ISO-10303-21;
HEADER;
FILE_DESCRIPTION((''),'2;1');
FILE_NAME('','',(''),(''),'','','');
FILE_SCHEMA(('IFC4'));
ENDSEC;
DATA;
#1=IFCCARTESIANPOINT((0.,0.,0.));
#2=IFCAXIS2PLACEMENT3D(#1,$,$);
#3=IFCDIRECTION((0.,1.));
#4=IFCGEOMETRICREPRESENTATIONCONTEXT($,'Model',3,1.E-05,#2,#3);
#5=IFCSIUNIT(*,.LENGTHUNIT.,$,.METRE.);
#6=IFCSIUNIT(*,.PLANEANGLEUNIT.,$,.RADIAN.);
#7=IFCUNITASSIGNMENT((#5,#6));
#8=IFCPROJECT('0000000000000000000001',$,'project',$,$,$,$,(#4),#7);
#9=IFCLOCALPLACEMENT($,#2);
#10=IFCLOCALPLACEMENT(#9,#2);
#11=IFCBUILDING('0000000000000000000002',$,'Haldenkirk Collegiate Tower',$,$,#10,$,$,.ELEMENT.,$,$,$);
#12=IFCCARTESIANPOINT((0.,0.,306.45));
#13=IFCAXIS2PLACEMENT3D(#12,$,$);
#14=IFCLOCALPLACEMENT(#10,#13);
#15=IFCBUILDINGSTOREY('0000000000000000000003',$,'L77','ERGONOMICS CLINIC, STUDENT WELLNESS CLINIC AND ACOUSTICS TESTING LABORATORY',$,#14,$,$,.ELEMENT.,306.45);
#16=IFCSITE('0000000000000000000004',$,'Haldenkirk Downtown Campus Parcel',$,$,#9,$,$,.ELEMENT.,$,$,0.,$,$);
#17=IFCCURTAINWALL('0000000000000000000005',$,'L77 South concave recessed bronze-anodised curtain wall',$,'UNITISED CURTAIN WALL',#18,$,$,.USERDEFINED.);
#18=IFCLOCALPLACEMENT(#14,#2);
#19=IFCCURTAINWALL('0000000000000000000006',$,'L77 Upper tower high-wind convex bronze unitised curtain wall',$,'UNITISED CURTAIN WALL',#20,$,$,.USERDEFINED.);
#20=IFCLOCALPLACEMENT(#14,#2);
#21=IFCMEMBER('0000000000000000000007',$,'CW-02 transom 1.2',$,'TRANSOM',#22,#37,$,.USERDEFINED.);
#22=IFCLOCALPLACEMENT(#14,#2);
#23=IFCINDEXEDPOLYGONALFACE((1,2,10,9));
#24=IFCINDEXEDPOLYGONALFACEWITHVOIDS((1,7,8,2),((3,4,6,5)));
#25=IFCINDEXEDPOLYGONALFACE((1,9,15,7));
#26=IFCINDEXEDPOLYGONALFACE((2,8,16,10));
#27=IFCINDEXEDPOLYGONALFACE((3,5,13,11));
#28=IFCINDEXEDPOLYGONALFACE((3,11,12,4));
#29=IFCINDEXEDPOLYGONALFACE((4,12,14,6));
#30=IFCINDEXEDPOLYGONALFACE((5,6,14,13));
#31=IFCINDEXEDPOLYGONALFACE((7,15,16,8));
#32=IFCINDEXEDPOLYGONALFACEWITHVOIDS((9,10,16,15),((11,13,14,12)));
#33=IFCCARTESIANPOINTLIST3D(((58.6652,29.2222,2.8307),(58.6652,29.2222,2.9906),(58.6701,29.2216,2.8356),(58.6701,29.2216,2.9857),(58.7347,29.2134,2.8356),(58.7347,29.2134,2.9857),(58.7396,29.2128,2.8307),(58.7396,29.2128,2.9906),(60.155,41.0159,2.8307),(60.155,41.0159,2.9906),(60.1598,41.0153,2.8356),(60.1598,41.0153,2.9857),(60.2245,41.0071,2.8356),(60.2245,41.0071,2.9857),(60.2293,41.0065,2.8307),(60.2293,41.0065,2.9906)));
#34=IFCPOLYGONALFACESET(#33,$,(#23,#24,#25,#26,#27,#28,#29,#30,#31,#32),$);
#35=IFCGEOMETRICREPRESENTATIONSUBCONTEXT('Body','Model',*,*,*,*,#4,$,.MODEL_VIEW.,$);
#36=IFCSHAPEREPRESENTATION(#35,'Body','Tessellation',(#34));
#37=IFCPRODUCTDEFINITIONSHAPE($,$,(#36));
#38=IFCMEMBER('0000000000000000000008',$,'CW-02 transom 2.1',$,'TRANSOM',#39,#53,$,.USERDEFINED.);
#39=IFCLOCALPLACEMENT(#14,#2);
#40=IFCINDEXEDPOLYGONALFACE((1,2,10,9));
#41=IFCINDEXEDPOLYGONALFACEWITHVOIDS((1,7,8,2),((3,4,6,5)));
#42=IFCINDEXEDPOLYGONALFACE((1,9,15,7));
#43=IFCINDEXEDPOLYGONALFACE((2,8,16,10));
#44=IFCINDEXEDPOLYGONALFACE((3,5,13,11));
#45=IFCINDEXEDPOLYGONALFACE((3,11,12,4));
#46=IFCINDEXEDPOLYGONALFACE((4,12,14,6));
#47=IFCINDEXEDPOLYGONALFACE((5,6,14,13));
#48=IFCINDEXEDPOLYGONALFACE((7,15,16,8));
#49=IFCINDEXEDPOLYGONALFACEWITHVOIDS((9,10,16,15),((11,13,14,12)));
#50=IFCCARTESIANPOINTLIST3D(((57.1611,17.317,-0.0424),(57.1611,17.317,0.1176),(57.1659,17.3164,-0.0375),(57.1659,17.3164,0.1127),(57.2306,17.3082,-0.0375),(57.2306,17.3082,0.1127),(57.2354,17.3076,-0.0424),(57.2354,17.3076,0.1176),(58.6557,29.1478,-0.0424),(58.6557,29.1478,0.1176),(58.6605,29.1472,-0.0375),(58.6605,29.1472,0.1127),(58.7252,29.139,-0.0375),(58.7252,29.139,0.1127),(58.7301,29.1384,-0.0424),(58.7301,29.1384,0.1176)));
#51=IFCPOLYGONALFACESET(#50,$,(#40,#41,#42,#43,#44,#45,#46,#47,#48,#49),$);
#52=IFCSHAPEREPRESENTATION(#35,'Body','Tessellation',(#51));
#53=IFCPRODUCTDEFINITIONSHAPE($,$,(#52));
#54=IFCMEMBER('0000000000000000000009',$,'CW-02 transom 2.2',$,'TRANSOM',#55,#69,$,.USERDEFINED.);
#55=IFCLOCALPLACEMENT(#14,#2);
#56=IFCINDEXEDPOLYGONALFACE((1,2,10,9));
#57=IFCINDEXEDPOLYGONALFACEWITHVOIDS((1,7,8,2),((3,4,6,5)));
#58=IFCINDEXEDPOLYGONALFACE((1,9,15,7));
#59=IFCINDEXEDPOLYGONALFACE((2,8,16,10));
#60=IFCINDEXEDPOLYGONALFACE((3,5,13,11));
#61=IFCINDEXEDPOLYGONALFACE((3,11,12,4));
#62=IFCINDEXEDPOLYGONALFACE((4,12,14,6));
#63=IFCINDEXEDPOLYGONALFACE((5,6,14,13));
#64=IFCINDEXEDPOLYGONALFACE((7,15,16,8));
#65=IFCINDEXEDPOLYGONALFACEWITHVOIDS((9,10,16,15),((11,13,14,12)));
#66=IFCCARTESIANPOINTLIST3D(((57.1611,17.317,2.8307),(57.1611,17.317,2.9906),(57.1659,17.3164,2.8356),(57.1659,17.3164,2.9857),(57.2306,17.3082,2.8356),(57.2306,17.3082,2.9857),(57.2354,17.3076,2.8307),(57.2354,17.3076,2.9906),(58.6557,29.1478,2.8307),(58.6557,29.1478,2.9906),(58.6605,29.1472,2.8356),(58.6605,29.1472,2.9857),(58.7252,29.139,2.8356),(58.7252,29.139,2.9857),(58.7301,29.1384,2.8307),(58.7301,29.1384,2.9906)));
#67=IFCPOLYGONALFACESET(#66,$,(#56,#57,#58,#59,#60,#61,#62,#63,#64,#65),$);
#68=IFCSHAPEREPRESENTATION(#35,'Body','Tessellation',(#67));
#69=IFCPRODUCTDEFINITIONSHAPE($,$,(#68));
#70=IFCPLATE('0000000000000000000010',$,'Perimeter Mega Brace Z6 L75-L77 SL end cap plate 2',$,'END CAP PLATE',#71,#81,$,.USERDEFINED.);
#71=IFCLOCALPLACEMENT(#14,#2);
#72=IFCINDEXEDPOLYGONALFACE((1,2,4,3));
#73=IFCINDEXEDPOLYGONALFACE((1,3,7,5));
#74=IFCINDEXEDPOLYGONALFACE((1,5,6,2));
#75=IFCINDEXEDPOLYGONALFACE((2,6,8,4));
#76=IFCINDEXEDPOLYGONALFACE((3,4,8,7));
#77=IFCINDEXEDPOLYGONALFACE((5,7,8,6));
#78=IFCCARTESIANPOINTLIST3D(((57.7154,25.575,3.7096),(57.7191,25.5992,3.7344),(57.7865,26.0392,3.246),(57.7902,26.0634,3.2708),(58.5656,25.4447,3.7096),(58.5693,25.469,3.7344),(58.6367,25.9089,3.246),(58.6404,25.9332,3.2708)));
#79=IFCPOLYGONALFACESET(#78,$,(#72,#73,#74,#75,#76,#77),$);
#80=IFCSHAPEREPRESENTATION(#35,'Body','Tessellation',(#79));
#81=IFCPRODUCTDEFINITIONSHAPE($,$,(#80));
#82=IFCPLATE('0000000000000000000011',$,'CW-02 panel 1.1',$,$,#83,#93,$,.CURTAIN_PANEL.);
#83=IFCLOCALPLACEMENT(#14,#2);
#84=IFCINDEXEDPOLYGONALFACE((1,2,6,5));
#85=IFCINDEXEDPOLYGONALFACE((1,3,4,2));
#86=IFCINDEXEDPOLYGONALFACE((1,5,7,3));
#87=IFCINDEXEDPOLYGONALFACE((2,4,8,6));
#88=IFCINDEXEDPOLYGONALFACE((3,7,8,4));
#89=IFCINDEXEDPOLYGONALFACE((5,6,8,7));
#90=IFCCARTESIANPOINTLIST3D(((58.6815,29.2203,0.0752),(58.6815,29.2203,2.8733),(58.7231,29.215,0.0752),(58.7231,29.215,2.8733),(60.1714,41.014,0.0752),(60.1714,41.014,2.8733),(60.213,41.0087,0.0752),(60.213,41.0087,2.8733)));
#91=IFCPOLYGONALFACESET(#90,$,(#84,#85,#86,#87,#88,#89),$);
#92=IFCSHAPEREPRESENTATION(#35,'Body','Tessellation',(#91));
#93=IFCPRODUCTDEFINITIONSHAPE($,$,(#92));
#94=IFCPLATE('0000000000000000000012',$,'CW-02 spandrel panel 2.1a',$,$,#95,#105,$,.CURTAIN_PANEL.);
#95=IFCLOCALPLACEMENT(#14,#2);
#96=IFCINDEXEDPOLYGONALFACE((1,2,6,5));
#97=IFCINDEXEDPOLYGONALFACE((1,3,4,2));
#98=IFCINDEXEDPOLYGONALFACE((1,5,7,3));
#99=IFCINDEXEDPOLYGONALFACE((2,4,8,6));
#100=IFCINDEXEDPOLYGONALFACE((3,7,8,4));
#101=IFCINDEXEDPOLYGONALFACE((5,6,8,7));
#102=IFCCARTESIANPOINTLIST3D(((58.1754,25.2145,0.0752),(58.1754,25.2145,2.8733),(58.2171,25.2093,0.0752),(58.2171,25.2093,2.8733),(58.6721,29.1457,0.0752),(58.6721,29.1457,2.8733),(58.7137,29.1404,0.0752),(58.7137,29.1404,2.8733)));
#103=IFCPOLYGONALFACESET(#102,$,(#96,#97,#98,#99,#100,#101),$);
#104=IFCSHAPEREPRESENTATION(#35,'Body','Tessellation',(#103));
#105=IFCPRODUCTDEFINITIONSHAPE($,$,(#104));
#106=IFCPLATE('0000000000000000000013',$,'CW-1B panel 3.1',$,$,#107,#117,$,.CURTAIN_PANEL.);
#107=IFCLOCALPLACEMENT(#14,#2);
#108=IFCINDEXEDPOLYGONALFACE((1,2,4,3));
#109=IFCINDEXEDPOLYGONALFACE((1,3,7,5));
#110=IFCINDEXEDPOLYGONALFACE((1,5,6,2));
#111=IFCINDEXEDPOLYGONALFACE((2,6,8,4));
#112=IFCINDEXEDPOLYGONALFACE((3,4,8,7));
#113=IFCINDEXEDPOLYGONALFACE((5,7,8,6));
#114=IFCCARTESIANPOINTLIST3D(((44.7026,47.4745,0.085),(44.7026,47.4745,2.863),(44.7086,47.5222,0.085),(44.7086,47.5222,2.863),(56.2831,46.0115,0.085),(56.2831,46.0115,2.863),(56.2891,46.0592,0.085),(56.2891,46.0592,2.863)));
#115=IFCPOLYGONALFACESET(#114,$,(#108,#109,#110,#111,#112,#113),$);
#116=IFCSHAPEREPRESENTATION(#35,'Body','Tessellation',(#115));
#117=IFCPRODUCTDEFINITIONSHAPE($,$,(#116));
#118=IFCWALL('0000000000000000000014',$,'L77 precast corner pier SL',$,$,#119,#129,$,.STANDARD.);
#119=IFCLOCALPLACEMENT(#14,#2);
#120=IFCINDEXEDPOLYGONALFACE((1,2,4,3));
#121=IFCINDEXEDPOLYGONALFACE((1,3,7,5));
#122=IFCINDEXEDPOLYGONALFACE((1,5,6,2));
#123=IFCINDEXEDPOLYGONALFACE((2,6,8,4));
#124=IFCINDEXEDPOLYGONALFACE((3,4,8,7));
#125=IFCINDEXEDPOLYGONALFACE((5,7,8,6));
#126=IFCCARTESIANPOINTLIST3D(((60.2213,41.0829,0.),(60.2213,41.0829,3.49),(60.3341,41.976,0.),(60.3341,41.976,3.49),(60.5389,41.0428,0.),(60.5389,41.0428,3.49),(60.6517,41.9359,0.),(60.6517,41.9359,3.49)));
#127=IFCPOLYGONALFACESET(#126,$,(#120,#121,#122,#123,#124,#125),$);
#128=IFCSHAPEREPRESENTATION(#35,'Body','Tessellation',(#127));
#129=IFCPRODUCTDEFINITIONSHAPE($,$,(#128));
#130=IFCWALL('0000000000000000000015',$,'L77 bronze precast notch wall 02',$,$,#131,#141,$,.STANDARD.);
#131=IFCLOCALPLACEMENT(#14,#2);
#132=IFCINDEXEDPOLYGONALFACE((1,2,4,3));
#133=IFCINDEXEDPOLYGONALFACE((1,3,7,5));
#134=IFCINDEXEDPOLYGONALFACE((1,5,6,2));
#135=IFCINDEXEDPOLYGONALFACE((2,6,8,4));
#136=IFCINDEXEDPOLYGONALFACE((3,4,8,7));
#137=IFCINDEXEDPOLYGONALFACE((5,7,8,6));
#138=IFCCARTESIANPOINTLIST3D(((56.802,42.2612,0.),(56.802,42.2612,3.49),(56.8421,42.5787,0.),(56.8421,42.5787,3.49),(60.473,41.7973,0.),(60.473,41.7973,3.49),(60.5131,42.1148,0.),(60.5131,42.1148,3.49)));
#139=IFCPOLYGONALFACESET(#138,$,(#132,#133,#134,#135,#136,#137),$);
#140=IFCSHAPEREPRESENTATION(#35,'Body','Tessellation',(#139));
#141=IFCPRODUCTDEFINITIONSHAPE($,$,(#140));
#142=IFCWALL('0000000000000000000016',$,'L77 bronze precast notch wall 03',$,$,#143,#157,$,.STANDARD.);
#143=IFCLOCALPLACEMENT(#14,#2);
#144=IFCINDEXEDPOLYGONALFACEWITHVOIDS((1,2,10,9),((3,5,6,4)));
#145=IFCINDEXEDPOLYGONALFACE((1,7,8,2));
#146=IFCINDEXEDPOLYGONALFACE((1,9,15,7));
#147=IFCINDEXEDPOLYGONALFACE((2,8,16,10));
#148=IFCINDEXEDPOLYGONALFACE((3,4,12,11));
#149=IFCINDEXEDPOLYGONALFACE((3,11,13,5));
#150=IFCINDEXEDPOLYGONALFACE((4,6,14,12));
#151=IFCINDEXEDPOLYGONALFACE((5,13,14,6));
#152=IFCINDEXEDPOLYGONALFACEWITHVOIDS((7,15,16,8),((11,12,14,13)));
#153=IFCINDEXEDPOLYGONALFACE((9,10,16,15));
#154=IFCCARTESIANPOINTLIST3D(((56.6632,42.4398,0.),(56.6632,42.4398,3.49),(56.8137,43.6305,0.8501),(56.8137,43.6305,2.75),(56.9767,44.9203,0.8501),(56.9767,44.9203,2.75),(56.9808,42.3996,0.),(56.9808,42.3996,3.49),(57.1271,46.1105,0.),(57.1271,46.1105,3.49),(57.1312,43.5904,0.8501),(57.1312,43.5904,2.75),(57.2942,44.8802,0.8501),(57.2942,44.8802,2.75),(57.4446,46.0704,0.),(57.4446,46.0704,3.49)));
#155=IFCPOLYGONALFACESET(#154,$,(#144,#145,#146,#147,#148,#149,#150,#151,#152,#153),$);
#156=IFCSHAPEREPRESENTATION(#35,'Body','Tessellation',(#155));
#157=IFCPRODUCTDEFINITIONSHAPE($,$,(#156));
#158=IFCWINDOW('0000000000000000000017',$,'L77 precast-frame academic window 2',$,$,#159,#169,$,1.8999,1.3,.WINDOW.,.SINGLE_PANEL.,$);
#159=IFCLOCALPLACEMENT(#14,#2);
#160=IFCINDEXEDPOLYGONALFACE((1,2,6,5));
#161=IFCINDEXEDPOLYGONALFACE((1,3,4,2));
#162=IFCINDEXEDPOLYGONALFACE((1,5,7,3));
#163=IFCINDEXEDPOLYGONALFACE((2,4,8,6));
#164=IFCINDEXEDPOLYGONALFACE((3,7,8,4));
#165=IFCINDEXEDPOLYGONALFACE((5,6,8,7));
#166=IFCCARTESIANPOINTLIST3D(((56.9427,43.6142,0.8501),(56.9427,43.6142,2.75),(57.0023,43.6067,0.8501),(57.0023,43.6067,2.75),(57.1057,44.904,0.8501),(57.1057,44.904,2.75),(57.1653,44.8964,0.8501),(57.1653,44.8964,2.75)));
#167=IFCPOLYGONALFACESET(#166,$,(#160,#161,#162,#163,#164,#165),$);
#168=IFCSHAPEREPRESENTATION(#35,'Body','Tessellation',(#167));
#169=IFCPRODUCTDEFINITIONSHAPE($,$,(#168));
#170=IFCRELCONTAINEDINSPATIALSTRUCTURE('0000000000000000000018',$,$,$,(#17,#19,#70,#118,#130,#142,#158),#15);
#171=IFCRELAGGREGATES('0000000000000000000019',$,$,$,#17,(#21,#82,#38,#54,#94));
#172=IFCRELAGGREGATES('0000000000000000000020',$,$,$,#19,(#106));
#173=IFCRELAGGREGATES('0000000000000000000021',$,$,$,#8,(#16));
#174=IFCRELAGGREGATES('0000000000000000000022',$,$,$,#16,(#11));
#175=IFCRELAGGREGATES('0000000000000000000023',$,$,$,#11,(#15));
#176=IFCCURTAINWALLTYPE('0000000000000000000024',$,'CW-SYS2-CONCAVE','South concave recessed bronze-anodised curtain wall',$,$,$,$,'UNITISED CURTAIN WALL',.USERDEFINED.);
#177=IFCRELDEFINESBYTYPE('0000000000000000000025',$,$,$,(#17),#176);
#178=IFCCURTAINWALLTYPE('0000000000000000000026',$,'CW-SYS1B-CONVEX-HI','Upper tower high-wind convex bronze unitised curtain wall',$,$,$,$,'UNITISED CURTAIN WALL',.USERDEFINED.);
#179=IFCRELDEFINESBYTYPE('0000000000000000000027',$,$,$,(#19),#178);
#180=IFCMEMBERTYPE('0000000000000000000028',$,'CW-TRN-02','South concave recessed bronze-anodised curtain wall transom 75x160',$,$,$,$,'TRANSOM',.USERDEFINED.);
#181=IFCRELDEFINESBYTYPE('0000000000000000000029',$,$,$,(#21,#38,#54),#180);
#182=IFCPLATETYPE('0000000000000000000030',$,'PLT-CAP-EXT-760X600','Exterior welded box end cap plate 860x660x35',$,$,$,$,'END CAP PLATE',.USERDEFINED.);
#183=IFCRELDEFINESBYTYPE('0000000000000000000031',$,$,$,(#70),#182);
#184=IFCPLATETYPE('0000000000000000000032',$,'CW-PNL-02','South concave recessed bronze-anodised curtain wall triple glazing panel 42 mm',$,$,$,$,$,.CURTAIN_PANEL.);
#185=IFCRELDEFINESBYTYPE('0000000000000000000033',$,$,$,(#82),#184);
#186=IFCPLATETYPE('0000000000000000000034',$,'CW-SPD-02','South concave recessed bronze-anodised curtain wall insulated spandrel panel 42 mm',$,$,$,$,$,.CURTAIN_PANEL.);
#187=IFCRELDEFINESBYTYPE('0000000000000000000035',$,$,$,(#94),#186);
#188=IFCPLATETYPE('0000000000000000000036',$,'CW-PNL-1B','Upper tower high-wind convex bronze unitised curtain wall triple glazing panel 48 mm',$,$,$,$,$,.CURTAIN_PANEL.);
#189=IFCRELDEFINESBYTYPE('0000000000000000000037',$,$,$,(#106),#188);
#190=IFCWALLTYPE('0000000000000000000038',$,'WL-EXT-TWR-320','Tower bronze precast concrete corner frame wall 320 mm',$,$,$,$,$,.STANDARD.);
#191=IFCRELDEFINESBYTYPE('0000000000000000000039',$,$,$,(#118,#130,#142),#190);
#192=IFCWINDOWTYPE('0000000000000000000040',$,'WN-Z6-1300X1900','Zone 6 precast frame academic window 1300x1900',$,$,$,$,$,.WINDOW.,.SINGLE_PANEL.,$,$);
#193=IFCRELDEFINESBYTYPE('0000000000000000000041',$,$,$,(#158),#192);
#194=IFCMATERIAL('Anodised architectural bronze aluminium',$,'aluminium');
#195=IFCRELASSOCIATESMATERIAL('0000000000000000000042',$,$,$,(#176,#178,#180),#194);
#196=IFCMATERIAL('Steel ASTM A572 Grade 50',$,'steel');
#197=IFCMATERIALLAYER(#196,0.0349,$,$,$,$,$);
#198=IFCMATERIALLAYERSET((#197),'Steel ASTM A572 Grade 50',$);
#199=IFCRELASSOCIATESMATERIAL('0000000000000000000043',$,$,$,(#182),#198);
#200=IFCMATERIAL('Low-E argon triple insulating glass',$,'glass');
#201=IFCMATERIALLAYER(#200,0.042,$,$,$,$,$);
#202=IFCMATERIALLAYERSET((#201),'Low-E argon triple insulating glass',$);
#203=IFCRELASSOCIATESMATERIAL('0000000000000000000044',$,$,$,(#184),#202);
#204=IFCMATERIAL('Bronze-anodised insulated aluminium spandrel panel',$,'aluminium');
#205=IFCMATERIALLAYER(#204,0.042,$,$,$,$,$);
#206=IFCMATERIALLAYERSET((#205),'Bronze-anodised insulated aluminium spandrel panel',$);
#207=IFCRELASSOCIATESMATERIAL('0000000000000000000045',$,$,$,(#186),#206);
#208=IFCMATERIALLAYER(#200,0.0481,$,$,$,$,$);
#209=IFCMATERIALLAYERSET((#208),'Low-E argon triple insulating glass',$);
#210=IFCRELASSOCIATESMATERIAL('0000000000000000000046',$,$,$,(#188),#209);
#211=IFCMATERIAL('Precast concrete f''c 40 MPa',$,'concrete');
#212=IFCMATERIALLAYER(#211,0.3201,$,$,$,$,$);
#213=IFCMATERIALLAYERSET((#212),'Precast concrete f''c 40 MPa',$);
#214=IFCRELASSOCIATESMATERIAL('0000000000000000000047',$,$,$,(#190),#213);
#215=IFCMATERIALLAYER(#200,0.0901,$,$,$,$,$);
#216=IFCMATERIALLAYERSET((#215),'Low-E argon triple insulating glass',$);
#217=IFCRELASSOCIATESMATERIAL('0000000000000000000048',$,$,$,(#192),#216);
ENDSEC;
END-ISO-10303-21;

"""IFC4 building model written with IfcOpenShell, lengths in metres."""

from ifc_helpers import new_model, si_unit, direction, frame, frame_2d, origin, origin_2d, place, context, subcontext, project, spatial, rectangle, hollow_rectangle, extrude, source, transform, mapped, material, layer, layer_set, material_profile, profile_set, type_object, element, fill, aggregate, save


model = new_model("IFC4")

# Units and contexts
model_context = context("Model", 3, precision=1e-05, world=origin(), true_north=direction((0.0, 1.0)))
body_context = subcontext(model_context, "Body", "Model", "MODEL_VIEW")
ifc_project = project(units=[si_unit("LENGTHUNIT", "METRE"), si_unit("PLANEANGLEUNIT", "RADIAN")], contexts=[model_context])

# Site, building, storey
site_placement = place(None, origin())
site = spatial("IfcSite", under=ifc_project, at=site_placement, Name="Haldenkirk Downtown Campus Parcel", CompositionType="ELEMENT", RefElevation=0.0)
building_placement = place(site_placement, origin())
building = spatial("IfcBuilding", under=site, at=building_placement, Name="Haldenkirk Collegiate Tower", CompositionType="ELEMENT")
storey_placement = place(building_placement, frame((0.0, 0.0, 306.45)))
storey = spatial("IfcBuildingStorey", under=building, at=storey_placement, Name="L77", Description="ERGONOMICS CLINIC, STUDENT WELLNESS CLINIC AND ACOUSTICS TESTING LABORATORY", CompositionType="ELEMENT", Elevation=306.45)

# Shared definitions
ifc_material_1 = material(Name="Steel ASTM A572 Grade 50", Category="steel")

# Curtain wall
ifc_material_2 = material(Name="Anodised architectural bronze aluminium", Category="aluminium")
curtain_wall_type_1 = type_object("IfcCurtainWallType", Name="CW-SYS2-CONCAVE", Description="South concave recessed bronze-anodised curtain wall", ElementType="UNITISED CURTAIN WALL", PredefinedType="USERDEFINED", material=ifc_material_2)
curtain_wall_1_placement = place(storey_placement, origin())
curtain_wall_1 = element("IfcCurtainWall", 1, at=curtain_wall_1_placement, inside=storey, type_object=curtain_wall_type_1, Name="L77 South concave recessed bronze-anodised curtain wall", ObjectType="UNITISED CURTAIN WALL", PredefinedType="USERDEFINED")

# Curtain wall
curtain_wall_type_2 = type_object("IfcCurtainWallType", Name="CW-SYS1B-CONVEX-HI", Description="Upper tower high-wind convex bronze unitised curtain wall", ElementType="UNITISED CURTAIN WALL", PredefinedType="USERDEFINED", material=ifc_material_2)
curtain_wall_2_placement = place(storey_placement, origin())
curtain_wall_2 = element("IfcCurtainWall", 2, at=curtain_wall_2_placement, inside=storey, type_object=curtain_wall_type_2, Name="L77 Upper tower high-wind convex bronze unitised curtain wall", ObjectType="UNITISED CURTAIN WALL", PredefinedType="USERDEFINED")

# Members
ifc_material_profile_1 = material_profile(ifc_material_2, hollow_rectangle(XDim=0.075, YDim=0.1599, WallThickness=0.0049, at=origin_2d()), Name="CW-TRN-02")
ifc_profile_set_1 = profile_set([ifc_material_profile_1], Name="Anodised architectural bronze aluminium")
member_type_1 = type_object("IfcMemberType", Name="CW-TRN-02", Description="South concave recessed bronze-anodised curtain wall transom 75x160", ElementType="TRANSOM", PredefinedType="USERDEFINED", material=ifc_profile_set_1)
member_1_placement = place(storey_placement, frame((60.1921, 41.0112, 2.9106), z_axis=(-0.125321, -0.992116, 0.0), x_axis=(0.992116, -0.125321, 0.0)))
member_1 = element("IfcMember", 3, at=member_1_placement, type_object=member_type_1, Name="CW-02 transom 1.2", ObjectType="TRANSOM", PredefinedType="USERDEFINED", context=body_context, shape_type="SweptSolid", body=[
    extrude(hollow_rectangle(XDim=0.075, YDim=0.1599, WallThickness=0.0049, at=origin_2d()), origin(), (0.0, 0.0, 1.0), 11.8875),
])
member_2_placement = place(storey_placement, frame((58.6929, 29.1431, 0.0376), z_axis=(-0.125337, -0.992114, 0.0), x_axis=(0.992114, -0.125337, 0.0)))
member_2 = element("IfcMember", 4, at=member_2_placement, type_object=member_type_1, Name="CW-02 transom 2.1", ObjectType="TRANSOM", PredefinedType="USERDEFINED", context=body_context, shape_type="SweptSolid", body=[
    extrude(hollow_rectangle(XDim=0.075, YDim=0.1599, WallThickness=0.0049, at=origin_2d()), origin(), (0.0, 0.0, 1.0), 11.9248),
])
member_3_placement = place(storey_placement, frame((58.6929, 29.1431, 2.9106), z_axis=(-0.125337, -0.992114, 0.0), x_axis=(0.992114, -0.125337, 0.0)))
member_3 = element("IfcMember", 5, at=member_3_placement, type_object=member_type_1, Name="CW-02 transom 2.2", ObjectType="TRANSOM", PredefinedType="USERDEFINED", context=body_context, shape_type="SweptSolid", body=[
    extrude(hollow_rectangle(XDim=0.075, YDim=0.1599, WallThickness=0.0049, at=origin_2d()), origin(), (0.0, 0.0, 1.0), 11.9248),
])

# Plates
ifc_layer_1 = layer(ifc_material_1, 0.0349)
ifc_layer_set_1 = layer_set([ifc_layer_1], Name="Steel ASTM A572 Grade 50")
plate_type_1 = type_object("IfcPlateType", Name="PLT-CAP-EXT-760X600", Description="Exterior welded box end cap plate 860x660x35", ElementType="END CAP PLATE", PredefinedType="USERDEFINED", material=ifc_layer_set_1)
shared_shape_1 = source(origin(), body_context, "Body", "SweptSolid", [
    extrude(rectangle(XDim=0.8601, YDim=0.6599, at=origin_2d()), origin(), (0.0, 0.0, 1.0), 0.0349),
])
plate_1_placement = place(storey_placement, frame((58.176, 25.7419, 3.4778), z_axis=(0.106385, 0.694466, 0.711617), x_axis=(-0.988469, 0.151423, 0.0)))
element("IfcPlate", 6, at=plate_1_placement, inside=storey, type_object=plate_type_1, Name="Perimeter Mega Brace Z6 L75-L77 SL end cap plate 2", ObjectType="END CAP PLATE", PredefinedType="USERDEFINED", context=body_context, shape_type="MappedRepresentation", body=[
    mapped(shared_shape_1, transform((0.0, 0.0, 0.0), x_axis=(1.0, 0.0, 0.0), y_axis=(0.0, 1.0, 0.0), z_axis=(0.0, 0.0, 1.0), scale=1.0)),
])
ifc_material_3 = material(Name="Low-E argon triple insulating glass", Category="glass")
ifc_layer_2 = layer(ifc_material_3, 0.042)
ifc_layer_set_2 = layer_set([ifc_layer_2], Name="Low-E argon triple insulating glass")
plate_type_2 = type_object("IfcPlateType", Name="CW-PNL-02", Description="South concave recessed bronze-anodised curtain wall triple glazing panel 42 mm", PredefinedType="CURTAIN_PANEL", material=ifc_layer_set_2)
shared_shape_2 = source(origin(), body_context, "Body", "SweptSolid", [
    extrude(rectangle(XDim=11.8875, YDim=0.042, at=origin_2d()), origin(), (0.0, 0.0, 1.0), 2.7981),
])
plate_2_placement = place(storey_placement, frame((59.4473, 35.1145, 0.0752), z_axis=(0.0, 0.0, 1.0), x_axis=(-0.125333, -0.992115, 0.0)))
plate_2 = element("IfcPlate", 7, at=plate_2_placement, type_object=plate_type_2, Name="CW-02 panel 1.1", PredefinedType="CURTAIN_PANEL", context=body_context, shape_type="MappedRepresentation", body=[
    mapped(shared_shape_2, transform((0.0, 0.0, 0.0), x_axis=(1.0, 0.0, 0.0), y_axis=(0.0, 1.0, 0.0), z_axis=(0.0, 0.0, 1.0), scale=1.0)),
])
ifc_material_4 = material(Name="Bronze-anodised insulated aluminium spandrel panel", Category="aluminium")
ifc_layer_3 = layer(ifc_material_4, 0.042)
ifc_layer_set_3 = layer_set([ifc_layer_3], Name="Bronze-anodised insulated aluminium spandrel panel")
plate_type_3 = type_object("IfcPlateType", Name="CW-SPD-02", Description="South concave recessed bronze-anodised curtain wall insulated spandrel panel 42 mm", PredefinedType="CURTAIN_PANEL", material=ifc_layer_set_3)
shared_shape_3 = source(origin(), body_context, "Body", "SweptSolid", [
    extrude(rectangle(XDim=3.9624, YDim=0.042, at=origin_2d()), origin(), (0.0, 0.0, 1.0), 2.7981),
])
plate_3_placement = place(storey_placement, frame((58.4446, 27.1775, 0.0752), z_axis=(0.0, 0.0, 1.0), x_axis=(-0.125333, -0.992115, 0.0)))
plate_3 = element("IfcPlate", 8, at=plate_3_placement, type_object=plate_type_3, Name="CW-02 spandrel panel 2.1a", PredefinedType="CURTAIN_PANEL", context=body_context, shape_type="MappedRepresentation", body=[
    mapped(shared_shape_3, transform((0.0, 0.0, 0.0), x_axis=(1.0, 0.0, 0.0), y_axis=(0.0, 1.0, 0.0), z_axis=(0.0, 0.0, 1.0), scale=1.0)),
])
aggregate(curtain_wall_1, [member_1, plate_2, member_2, member_3, plate_3])
ifc_layer_4 = layer(ifc_material_3, 0.0481)
ifc_layer_set_4 = layer_set([ifc_layer_4], Name="Low-E argon triple insulating glass")
plate_type_4 = type_object("IfcPlateType", Name="CW-PNL-1B", Description="Upper tower high-wind convex bronze unitised curtain wall triple glazing panel 48 mm", PredefinedType="CURTAIN_PANEL", material=ifc_layer_set_4)
shared_shape_4 = source(origin(), body_context, "Body", "SweptSolid", [
    extrude(rectangle(XDim=11.6726, YDim=0.0481, at=origin_2d()), origin(), (0.0, 0.0, 1.0), 2.7781),
])
plate_4_placement = place(storey_placement, frame((50.4958, 46.7668, 0.085), z_axis=(0.0, 0.0, 1.0), x_axis=(0.992115, -0.125333, 0.0)))
plate_4 = element("IfcPlate", 9, at=plate_4_placement, type_object=plate_type_4, Name="CW-1B panel 3.1", PredefinedType="CURTAIN_PANEL", context=body_context, shape_type="MappedRepresentation", body=[
    mapped(shared_shape_4, transform((0.0, 0.0, 0.0), x_axis=(1.0, 0.0, 0.0), y_axis=(0.0, 1.0, 0.0), z_axis=(0.0, 0.0, 1.0), scale=1.0)),
])
aggregate(curtain_wall_2, [plate_4])

# Walls
ifc_material_5 = material(Name="Precast concrete f'c 40 MPa", Category="concrete")
ifc_layer_5 = layer(ifc_material_5, 0.3201)
ifc_layer_set_5 = layer_set([ifc_layer_5], Name="Precast concrete f'c 40 MPa")
wall_type_1 = type_object("IfcWallType", Name="WL-EXT-TWR-320", Description="Tower bronze precast concrete corner frame wall 320 mm", PredefinedType="STANDARD", material=ifc_layer_set_5)
wall_1_placement = place(storey_placement, frame((60.4929, 41.9561, 0.0), z_axis=(0.0, 0.0, 1.0), x_axis=(-0.125303, -0.992119, 0.0)))
element("IfcWall", 10, at=wall_1_placement, inside=storey, type_object=wall_type_1, Name="L77 precast corner pier SL", PredefinedType="STANDARD", context=body_context, shape_type="SweptSolid", body=[
    extrude(rectangle(XDim=0.9001, YDim=0.3201, at=frame_2d((0.4502, 0.0))), origin(), (0.0, 0.0, 1.0), 3.49),
])
wall_2_placement = place(storey_placement, frame((56.822, 42.4199, 0.0), z_axis=(0.0, 0.0, 1.0), x_axis=(0.992111, -0.125366, 0.0)))
element("IfcWall", 11, at=wall_2_placement, inside=storey, type_object=wall_type_1, Name="L77 bronze precast notch wall 02", PredefinedType="STANDARD", context=body_context, shape_type="SweptSolid", body=[
    extrude(rectangle(XDim=3.7002, YDim=0.3201, at=frame_2d((1.8501, 0.0))), origin(), (0.0, 0.0, 1.0), 3.49),
])

# Wall, opening, window
wall_3_placement = place(storey_placement, frame((57.2859, 46.0906, 0.0), z_axis=(0.0, 0.0, 1.0), x_axis=(-0.125375, -0.992109, 0.0)))
wall_3 = element("IfcWall", 12, at=wall_3_placement, inside=storey, type_object=wall_type_1, Name="L77 bronze precast notch wall 03", PredefinedType="STANDARD", context=body_context, shape_type="SweptSolid", body=[
    extrude(rectangle(XDim=3.7, YDim=0.3201, at=frame_2d((1.8501, 0.0))), origin(), (0.0, 0.0, 1.0), 3.49),
])
opening_placement = place(wall_3_placement, frame((1.2, 0.0, 0.8501)))
opening = element("IfcOpeningElement", 13, at=opening_placement, cuts=wall_3, PredefinedType="OPENING", context=body_context, shape_type="SweptSolid", body=[
    extrude(rectangle(XDim=1.3, YDim=1.8999, at=frame_2d((0.6499, 0.95))), frame((0.0, 0.1699, 0.0), z_axis=(0.0, -1.0, 0.0), x_axis=(1.0, 0.0, 0.0)), (0.0, 0.0, 1.0), 0.3401),
])
ifc_layer_6 = layer(ifc_material_3, 0.0901)
ifc_layer_set_6 = layer_set([ifc_layer_6], Name="Low-E argon triple insulating glass")
window_type = type_object("IfcWindowType", Name="WN-Z6-1300X1900", Description="Zone 6 precast frame academic window 1300x1900", PartitioningType="SINGLE_PANEL", PredefinedType="WINDOW", material=ifc_layer_set_6)
window_placement = place(opening_placement, origin())
window = element("IfcWindow", 14, at=window_placement, inside=storey, type_object=window_type, Name="L77 precast-frame academic window 2", OverallHeight=1.8999, OverallWidth=1.3, PartitioningType="SINGLE_PANEL", PredefinedType="WINDOW", context=body_context, shape_type="SweptSolid", body=[
    extrude(rectangle(XDim=1.3, YDim=1.8999, at=frame_2d((0.6499, 0.95))), frame((0.0, 0.03, 0.0), z_axis=(0.0, -1.0, 0.0), x_axis=(1.0, 0.0, 0.0)), (0.0, 0.0, 1.0), 0.0601),
])
fill(opening, window)

save(model, "model.ifc")
